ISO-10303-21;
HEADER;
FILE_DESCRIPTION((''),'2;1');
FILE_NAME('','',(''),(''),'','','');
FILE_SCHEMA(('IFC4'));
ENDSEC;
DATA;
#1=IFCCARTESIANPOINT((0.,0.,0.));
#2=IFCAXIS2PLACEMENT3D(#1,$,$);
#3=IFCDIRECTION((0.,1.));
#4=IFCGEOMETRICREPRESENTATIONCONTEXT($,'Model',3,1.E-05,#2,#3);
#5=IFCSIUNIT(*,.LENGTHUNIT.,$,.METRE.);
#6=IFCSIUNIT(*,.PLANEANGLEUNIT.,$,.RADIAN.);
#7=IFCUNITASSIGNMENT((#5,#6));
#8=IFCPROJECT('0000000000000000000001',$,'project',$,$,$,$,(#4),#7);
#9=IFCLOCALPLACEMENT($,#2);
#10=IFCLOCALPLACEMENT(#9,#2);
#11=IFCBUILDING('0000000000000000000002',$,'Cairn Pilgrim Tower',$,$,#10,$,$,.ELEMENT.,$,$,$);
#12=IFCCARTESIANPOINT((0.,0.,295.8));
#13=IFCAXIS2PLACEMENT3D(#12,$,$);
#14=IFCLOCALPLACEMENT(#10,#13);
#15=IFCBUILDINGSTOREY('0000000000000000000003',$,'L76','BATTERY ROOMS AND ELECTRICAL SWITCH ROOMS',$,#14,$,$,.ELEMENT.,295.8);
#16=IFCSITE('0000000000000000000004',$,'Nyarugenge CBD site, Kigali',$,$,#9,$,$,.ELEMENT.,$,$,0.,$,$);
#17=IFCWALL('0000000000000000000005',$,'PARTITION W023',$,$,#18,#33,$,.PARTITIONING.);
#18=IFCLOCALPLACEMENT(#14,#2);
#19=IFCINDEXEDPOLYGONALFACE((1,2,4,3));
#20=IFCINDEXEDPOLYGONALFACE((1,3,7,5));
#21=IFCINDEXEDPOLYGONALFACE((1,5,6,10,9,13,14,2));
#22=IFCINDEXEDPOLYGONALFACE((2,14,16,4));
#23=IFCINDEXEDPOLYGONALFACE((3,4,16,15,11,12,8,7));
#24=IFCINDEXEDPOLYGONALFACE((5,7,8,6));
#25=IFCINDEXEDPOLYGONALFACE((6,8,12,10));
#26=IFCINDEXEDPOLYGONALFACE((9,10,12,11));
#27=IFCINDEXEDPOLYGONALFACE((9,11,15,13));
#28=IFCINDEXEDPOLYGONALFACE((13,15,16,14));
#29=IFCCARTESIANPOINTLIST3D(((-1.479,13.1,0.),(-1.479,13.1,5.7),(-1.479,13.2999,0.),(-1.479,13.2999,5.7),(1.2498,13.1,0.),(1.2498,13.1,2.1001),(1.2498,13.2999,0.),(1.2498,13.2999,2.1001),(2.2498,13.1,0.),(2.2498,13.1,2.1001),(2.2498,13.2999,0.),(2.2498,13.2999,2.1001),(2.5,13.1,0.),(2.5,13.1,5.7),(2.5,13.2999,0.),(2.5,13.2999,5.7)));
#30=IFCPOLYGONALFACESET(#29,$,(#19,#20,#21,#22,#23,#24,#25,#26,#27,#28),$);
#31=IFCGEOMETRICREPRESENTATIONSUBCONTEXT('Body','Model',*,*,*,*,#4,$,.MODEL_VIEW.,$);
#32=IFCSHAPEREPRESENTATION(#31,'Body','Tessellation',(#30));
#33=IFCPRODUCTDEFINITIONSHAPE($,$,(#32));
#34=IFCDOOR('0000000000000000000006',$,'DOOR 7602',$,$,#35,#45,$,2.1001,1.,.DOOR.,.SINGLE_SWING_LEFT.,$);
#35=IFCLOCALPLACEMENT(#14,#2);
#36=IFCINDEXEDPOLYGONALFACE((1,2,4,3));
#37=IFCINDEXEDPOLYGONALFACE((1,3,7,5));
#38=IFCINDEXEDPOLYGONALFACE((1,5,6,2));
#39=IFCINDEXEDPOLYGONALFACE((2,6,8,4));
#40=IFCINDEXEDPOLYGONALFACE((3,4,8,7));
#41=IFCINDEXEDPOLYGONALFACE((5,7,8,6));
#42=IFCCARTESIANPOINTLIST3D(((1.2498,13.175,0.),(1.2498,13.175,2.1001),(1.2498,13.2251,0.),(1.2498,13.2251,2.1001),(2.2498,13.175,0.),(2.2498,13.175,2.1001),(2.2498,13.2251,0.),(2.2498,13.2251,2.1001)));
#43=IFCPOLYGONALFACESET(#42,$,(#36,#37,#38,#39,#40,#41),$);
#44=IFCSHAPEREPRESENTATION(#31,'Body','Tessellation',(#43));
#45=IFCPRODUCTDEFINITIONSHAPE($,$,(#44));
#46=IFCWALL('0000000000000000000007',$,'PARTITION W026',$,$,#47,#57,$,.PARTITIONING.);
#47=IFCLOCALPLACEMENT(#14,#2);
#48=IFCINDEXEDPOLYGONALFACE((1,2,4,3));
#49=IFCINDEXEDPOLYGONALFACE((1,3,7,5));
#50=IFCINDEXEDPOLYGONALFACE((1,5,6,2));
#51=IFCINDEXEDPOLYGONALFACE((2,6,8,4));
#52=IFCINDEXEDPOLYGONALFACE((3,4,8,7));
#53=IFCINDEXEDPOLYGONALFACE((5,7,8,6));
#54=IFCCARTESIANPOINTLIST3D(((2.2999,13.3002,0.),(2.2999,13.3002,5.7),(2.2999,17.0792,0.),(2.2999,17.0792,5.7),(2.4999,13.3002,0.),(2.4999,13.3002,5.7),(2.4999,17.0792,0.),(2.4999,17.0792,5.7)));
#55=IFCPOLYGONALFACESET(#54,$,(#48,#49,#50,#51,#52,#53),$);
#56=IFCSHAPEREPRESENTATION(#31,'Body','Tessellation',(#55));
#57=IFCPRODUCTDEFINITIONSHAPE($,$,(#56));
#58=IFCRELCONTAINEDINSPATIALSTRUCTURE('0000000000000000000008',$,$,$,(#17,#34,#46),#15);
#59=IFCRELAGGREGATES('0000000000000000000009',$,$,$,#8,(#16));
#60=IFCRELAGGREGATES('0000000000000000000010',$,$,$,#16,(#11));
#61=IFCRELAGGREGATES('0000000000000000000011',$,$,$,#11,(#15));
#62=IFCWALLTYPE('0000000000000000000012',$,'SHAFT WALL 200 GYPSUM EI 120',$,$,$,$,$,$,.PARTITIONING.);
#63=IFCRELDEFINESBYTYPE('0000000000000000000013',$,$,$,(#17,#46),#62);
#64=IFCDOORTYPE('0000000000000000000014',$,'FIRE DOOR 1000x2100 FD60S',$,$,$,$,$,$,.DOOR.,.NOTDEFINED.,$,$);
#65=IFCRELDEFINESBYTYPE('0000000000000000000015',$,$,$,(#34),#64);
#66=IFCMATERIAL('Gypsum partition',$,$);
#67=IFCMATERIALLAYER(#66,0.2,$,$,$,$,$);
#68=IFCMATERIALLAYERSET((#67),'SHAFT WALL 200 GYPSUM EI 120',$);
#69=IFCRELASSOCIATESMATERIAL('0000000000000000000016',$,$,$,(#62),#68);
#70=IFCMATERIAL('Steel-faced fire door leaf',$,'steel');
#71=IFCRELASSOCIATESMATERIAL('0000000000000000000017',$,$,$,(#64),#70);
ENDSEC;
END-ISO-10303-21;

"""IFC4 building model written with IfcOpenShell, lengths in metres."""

from ifc_helpers import new_model, si_unit, direction, frame, frame_2d, origin, place, context, subcontext, project, spatial, rectangle, extrude, material, layer, layer_set, type_object, element, fill, save


model = new_model("IFC4")

# Units and contexts
model_context = context("Model", 3, precision=1e-05, world=origin(), true_north=direction((0.0, 1.0)))
body_context = subcontext(model_context, "Body", "Model", "MODEL_VIEW")
ifc_project = project(units=[si_unit("LENGTHUNIT", "METRE"), si_unit("PLANEANGLEUNIT", "RADIAN")], contexts=[model_context])

# Site, building, storey
site_placement = place(None, origin())
site = spatial("IfcSite", under=ifc_project, at=site_placement, Name="Nyarugenge CBD site, Kigali", CompositionType="ELEMENT", RefElevation=0.0)
building_placement = place(site_placement, origin())
building = spatial("IfcBuilding", under=site, at=building_placement, Name="Cairn Pilgrim Tower", CompositionType="ELEMENT")
storey_placement = place(building_placement, frame((0.0, 0.0, 295.8)))
storey = spatial("IfcBuildingStorey", under=building, at=storey_placement, Name="L76", Description="BATTERY ROOMS AND ELECTRICAL SWITCH ROOMS", CompositionType="ELEMENT", Elevation=295.8)

# Wall, opening, door
ifc_material_1 = material(Name="Gypsum partition")
ifc_layer_1 = layer(ifc_material_1, 0.2)
ifc_layer_set_1 = layer_set([ifc_layer_1], Name="SHAFT WALL 200 GYPSUM EI 120")
wall_type_1 = type_object("IfcWallType", Name="SHAFT WALL 200 GYPSUM EI 120", PredefinedType="PARTITIONING", material=ifc_layer_set_1)
wall_1_placement = place(storey_placement, frame((-1.479, 13.2, 0.0), z_axis=(0.0, 0.0, 1.0), x_axis=(1.0, 0.0, 0.0)))
wall_1 = element("IfcWall", 1, at=wall_1_placement, inside=storey, type_object=wall_type_1, Name="PARTITION W023", PredefinedType="PARTITIONING", context=body_context, shape_type="SweptSolid", body=[
    extrude(rectangle(XDim=3.979, YDim=0.2, at=frame_2d((1.9895, 0.0))), origin(), (0.0, 0.0, 1.0), 5.7),
])
opening_placement = place(wall_1_placement, frame((2.7288, 0.0, 0.0)))
opening = element("IfcOpeningElement", 2, at=opening_placement, cuts=wall_1, PredefinedType="OPENING", context=body_context, shape_type="SweptSolid", body=[
    extrude(rectangle(XDim=1.0, YDim=2.1001, at=frame_2d((0.5, 1.05))), frame((0.0, 0.1099, 0.0), z_axis=(0.0, -1.0, 0.0), x_axis=(1.0, 0.0, 0.0)), (0.0, 0.0, 1.0), 0.22),
])
ifc_material_2 = material(Name="Steel-faced fire door leaf", Category="steel")
door_type = type_object("IfcDoorType", Name="FIRE DOOR 1000x2100 FD60S", OperationType="NOTDEFINED", PredefinedType="DOOR", material=ifc_material_2)
door_placement = place(opening_placement, frame((1.0, 0.0, 0.0), z_axis=(0.0, 0.0, 1.0), x_axis=(-1.0, 0.0, 0.0)))
door = element("IfcDoor", 3, at=door_placement, inside=storey, type_object=door_type, Name="DOOR 7602", OperationType="SINGLE_SWING_LEFT", OverallHeight=2.1001, OverallWidth=1.0, PredefinedType="DOOR", context=body_context, shape_type="SweptSolid", body=[
    extrude(rectangle(XDim=1.0, YDim=2.1001, at=frame_2d((0.5, 1.05))), frame((0.0, 0.0249, 0.0), z_axis=(0.0, -1.0, 0.0), x_axis=(1.0, 0.0, 0.0)), (0.0, 0.0, 1.0), 0.05),
])
fill(opening, door)

# Wall
wall_2_placement = place(storey_placement, frame((2.3999, 13.3, 0.0), z_axis=(0.0, 0.0, 1.0), x_axis=(0.0, 1.0, 0.0)))
element("IfcWall", 4, at=wall_2_placement, inside=storey, type_object=wall_type_1, Name="PARTITION W026", PredefinedType="PARTITIONING", context=body_context, shape_type="SweptSolid", body=[
    extrude(rectangle(XDim=3.7791, YDim=0.2, at=frame_2d((1.8896, 0.0))), origin(), (0.0, 0.0, 1.0), 5.7),
])

save(model, "model.ifc")
